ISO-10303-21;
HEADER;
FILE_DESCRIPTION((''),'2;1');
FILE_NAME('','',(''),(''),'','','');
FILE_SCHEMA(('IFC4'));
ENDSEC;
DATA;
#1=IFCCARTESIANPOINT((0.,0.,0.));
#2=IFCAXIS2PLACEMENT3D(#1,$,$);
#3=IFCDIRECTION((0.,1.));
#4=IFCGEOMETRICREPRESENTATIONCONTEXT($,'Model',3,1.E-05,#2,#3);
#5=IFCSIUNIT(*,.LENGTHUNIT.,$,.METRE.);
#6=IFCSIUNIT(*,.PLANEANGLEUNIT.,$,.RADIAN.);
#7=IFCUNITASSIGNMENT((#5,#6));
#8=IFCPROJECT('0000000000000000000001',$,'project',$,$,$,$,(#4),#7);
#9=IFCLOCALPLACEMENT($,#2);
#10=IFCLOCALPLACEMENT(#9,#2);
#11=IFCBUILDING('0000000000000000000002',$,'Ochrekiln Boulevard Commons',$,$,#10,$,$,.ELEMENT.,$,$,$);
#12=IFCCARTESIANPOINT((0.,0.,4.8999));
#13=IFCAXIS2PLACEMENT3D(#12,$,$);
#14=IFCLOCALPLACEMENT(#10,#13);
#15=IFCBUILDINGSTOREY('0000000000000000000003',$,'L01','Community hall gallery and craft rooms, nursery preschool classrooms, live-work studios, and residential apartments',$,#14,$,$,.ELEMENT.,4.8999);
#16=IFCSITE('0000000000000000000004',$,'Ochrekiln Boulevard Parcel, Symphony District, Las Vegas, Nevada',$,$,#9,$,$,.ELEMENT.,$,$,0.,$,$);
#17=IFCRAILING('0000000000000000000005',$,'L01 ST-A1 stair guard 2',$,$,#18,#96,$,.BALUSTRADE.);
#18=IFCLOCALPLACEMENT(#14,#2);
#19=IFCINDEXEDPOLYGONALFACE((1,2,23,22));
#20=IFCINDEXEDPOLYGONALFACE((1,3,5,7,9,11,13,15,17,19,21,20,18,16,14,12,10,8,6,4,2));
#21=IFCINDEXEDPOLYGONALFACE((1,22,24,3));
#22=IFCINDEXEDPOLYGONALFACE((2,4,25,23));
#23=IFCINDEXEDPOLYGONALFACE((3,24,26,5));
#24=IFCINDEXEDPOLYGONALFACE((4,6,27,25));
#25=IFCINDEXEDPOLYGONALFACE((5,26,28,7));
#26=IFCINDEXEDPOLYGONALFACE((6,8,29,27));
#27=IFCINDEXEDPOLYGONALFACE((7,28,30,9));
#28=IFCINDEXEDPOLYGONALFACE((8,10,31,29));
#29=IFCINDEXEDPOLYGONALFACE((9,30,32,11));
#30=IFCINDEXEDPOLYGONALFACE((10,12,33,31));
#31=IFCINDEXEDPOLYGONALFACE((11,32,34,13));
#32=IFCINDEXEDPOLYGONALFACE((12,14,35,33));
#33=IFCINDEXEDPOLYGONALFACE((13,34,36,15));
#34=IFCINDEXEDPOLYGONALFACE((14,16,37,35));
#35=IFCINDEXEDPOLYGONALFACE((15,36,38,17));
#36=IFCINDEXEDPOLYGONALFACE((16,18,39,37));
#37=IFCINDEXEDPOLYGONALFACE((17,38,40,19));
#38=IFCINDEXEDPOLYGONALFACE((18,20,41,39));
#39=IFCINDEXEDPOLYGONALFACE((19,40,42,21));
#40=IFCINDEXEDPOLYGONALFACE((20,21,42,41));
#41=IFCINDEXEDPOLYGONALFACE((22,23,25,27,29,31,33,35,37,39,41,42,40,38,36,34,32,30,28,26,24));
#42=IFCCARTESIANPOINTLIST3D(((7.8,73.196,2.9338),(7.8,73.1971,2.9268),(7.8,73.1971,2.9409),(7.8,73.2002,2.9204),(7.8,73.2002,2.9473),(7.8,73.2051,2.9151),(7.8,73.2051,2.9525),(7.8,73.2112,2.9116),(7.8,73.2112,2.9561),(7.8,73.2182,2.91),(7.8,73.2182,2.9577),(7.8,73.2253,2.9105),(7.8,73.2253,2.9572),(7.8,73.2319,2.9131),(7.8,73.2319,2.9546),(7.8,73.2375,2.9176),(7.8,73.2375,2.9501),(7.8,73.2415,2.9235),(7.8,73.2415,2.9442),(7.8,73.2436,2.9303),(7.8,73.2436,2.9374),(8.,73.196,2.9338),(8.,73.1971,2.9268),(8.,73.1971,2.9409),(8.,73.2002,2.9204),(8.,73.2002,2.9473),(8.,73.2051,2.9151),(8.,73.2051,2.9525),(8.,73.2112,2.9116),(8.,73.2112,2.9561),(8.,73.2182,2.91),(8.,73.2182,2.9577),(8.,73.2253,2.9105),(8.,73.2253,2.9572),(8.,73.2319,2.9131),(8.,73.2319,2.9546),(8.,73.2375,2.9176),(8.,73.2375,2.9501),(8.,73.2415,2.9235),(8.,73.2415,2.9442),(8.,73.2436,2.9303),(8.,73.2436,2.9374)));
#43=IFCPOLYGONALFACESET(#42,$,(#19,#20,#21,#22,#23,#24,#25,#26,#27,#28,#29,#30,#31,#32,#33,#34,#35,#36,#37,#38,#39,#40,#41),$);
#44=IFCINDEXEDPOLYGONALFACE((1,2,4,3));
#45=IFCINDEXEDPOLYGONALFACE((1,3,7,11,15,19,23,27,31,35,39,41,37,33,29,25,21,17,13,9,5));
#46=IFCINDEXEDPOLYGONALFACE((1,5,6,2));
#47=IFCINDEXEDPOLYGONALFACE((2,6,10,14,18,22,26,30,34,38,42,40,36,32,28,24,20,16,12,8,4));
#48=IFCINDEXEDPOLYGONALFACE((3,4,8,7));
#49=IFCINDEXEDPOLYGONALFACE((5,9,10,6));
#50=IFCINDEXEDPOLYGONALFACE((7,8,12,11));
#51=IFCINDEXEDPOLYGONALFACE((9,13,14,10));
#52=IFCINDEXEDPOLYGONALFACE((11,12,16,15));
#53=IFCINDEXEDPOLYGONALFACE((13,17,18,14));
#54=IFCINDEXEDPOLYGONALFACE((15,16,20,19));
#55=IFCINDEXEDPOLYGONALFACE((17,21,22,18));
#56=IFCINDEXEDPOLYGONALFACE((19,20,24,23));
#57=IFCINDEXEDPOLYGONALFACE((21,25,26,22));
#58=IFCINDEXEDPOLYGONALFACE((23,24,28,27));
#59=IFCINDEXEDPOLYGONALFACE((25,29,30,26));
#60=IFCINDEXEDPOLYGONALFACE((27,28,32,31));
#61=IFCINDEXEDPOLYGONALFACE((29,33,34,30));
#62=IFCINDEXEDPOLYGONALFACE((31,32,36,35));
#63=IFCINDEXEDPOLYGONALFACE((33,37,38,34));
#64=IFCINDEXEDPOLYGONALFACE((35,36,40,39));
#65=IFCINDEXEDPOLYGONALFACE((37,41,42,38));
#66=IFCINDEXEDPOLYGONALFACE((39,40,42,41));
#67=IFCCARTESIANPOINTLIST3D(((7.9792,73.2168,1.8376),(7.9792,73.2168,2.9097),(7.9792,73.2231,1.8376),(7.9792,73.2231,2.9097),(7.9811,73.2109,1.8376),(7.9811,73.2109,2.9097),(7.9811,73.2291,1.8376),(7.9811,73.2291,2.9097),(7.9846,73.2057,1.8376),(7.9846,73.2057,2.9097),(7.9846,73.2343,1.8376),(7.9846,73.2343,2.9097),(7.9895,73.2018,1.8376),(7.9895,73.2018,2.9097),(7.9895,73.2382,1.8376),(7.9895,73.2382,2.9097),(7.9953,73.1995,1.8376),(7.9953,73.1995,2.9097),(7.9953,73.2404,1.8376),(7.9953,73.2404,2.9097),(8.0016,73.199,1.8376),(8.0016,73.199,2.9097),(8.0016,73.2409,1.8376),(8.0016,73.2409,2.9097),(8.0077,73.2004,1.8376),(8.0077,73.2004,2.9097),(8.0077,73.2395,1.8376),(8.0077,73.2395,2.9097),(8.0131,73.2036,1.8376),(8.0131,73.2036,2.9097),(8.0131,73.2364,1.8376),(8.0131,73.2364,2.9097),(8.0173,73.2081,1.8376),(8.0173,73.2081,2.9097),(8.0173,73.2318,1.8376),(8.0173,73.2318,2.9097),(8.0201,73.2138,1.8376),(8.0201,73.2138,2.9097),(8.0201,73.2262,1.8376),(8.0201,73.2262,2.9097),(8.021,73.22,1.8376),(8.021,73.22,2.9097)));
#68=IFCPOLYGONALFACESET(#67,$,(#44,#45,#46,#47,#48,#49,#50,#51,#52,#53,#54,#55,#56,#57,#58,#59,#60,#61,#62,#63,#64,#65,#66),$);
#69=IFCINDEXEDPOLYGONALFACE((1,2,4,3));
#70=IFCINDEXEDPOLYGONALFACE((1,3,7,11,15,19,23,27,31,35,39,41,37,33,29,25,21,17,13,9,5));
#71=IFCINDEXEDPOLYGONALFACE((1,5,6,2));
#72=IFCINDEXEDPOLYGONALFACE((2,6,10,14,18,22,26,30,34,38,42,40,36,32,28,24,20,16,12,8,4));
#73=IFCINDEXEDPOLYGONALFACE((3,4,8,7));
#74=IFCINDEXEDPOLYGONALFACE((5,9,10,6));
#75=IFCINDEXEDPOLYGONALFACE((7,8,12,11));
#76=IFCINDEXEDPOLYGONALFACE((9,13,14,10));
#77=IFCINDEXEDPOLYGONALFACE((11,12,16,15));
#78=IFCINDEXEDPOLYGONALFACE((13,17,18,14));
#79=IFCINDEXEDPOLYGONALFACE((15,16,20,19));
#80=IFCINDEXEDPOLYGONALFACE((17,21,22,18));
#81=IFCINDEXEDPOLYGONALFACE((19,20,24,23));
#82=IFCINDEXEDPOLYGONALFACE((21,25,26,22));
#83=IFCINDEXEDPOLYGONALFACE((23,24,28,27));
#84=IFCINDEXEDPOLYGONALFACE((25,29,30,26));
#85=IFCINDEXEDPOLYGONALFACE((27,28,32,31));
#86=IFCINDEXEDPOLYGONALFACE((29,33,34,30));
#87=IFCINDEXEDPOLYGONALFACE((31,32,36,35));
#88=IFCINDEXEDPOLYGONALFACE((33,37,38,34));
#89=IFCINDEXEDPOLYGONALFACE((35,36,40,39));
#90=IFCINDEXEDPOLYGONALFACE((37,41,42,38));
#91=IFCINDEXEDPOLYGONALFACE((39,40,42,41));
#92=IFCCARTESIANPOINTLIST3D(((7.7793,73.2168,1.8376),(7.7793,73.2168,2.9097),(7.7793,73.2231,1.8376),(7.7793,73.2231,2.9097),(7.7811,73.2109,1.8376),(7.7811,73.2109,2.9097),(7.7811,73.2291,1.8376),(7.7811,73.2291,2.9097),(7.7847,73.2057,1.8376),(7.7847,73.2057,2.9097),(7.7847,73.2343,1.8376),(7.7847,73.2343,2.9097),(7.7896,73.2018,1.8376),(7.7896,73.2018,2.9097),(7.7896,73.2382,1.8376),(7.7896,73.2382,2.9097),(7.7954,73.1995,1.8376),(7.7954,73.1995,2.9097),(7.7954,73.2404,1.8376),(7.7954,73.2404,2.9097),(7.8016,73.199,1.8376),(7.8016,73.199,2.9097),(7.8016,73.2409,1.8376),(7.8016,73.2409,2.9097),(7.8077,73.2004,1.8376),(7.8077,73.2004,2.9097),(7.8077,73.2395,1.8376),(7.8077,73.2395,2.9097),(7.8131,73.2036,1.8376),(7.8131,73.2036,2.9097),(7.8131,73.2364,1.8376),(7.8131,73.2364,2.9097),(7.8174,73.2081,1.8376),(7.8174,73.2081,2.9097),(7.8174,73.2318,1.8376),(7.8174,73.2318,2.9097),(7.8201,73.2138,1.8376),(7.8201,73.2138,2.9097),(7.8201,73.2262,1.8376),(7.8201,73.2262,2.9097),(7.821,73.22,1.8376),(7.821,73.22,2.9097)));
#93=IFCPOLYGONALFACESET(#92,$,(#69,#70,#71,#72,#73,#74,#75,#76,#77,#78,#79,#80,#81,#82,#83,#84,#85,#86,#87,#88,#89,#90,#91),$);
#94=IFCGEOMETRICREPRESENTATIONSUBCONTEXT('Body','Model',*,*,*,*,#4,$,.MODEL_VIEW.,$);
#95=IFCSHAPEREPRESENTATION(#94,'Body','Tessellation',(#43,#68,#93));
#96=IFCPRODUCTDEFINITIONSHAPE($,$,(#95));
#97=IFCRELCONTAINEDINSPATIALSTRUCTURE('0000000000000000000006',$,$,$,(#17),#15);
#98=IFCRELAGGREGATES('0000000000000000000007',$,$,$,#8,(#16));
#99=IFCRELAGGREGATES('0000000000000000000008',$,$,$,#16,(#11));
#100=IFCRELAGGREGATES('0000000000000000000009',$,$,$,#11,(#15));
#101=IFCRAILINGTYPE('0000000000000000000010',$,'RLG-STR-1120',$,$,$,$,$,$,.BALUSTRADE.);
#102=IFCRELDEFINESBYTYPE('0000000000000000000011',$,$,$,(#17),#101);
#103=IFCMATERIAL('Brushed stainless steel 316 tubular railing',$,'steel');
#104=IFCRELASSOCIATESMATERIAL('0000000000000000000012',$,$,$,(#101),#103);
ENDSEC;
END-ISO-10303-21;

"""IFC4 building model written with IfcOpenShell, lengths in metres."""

from ifc_helpers import new_model, si_unit, direction, frame, origin, origin_2d, place, context, subcontext, project, spatial, circle, extrude, material, type_object, element, save


model = new_model("IFC4")

# Units and contexts
model_context = context("Model", 3, precision=1e-05, world=origin(), true_north=direction((0.0, 1.0)))
body_context = subcontext(model_context, "Body", "Model", "MODEL_VIEW")
ifc_project = project(units=[si_unit("LENGTHUNIT", "METRE"), si_unit("PLANEANGLEUNIT", "RADIAN")], contexts=[model_context])

# Site, building, storey
site_placement = place(None, origin())
site = spatial("IfcSite", under=ifc_project, at=site_placement, Name="Ochrekiln Boulevard Parcel, Symphony District, Las Vegas, Nevada", CompositionType="ELEMENT", RefElevation=0.0)
building_placement = place(site_placement, origin())
building = spatial("IfcBuilding", under=site, at=building_placement, Name="Ochrekiln Boulevard Commons", CompositionType="ELEMENT")
storey_placement = place(building_placement, frame((0.0, 0.0, 4.8999)))
storey = spatial("IfcBuildingStorey", under=building, at=storey_placement, Name="L01", Description="Community hall gallery and craft rooms, nursery preschool classrooms, live-work studios, and residential apartments", CompositionType="ELEMENT", Elevation=4.8999)

# Railing
ifc_material_1 = material(Name="Brushed stainless steel 316 tubular railing", Category="steel")
railing_type_1 = type_object("IfcRailingType", Name="RLG-STR-1120", PredefinedType="BALUSTRADE", material=ifc_material_1)
railing_1_placement = place(storey_placement, frame((8.0, 73.22, 1.8376)))
element("IfcRailing", 1, at=railing_1_placement, inside=storey, type_object=railing_type_1, Name="L01 ST-A1 stair guard 2", PredefinedType="BALUSTRADE", context=body_context, shape_type="SweptSolid", body=[
    extrude(circle(Radius=0.0239, at=origin_2d()), frame((0.0, 0.0, 1.0962), z_axis=(-1.0, 0.0, 0.0), x_axis=(0.0, -1.0, 0.0)), (0.0, 0.0, 1.0), 0.2),
    extrude(circle(Radius=0.021, at=origin_2d()), origin(), (0.0, 0.0, 1.0), 1.072),
    extrude(circle(Radius=0.021, at=origin_2d()), frame((-0.2, 0.0, 0.0)), (0.0, 0.0, 1.0), 1.072),
])

save(model, "model.ifc")
